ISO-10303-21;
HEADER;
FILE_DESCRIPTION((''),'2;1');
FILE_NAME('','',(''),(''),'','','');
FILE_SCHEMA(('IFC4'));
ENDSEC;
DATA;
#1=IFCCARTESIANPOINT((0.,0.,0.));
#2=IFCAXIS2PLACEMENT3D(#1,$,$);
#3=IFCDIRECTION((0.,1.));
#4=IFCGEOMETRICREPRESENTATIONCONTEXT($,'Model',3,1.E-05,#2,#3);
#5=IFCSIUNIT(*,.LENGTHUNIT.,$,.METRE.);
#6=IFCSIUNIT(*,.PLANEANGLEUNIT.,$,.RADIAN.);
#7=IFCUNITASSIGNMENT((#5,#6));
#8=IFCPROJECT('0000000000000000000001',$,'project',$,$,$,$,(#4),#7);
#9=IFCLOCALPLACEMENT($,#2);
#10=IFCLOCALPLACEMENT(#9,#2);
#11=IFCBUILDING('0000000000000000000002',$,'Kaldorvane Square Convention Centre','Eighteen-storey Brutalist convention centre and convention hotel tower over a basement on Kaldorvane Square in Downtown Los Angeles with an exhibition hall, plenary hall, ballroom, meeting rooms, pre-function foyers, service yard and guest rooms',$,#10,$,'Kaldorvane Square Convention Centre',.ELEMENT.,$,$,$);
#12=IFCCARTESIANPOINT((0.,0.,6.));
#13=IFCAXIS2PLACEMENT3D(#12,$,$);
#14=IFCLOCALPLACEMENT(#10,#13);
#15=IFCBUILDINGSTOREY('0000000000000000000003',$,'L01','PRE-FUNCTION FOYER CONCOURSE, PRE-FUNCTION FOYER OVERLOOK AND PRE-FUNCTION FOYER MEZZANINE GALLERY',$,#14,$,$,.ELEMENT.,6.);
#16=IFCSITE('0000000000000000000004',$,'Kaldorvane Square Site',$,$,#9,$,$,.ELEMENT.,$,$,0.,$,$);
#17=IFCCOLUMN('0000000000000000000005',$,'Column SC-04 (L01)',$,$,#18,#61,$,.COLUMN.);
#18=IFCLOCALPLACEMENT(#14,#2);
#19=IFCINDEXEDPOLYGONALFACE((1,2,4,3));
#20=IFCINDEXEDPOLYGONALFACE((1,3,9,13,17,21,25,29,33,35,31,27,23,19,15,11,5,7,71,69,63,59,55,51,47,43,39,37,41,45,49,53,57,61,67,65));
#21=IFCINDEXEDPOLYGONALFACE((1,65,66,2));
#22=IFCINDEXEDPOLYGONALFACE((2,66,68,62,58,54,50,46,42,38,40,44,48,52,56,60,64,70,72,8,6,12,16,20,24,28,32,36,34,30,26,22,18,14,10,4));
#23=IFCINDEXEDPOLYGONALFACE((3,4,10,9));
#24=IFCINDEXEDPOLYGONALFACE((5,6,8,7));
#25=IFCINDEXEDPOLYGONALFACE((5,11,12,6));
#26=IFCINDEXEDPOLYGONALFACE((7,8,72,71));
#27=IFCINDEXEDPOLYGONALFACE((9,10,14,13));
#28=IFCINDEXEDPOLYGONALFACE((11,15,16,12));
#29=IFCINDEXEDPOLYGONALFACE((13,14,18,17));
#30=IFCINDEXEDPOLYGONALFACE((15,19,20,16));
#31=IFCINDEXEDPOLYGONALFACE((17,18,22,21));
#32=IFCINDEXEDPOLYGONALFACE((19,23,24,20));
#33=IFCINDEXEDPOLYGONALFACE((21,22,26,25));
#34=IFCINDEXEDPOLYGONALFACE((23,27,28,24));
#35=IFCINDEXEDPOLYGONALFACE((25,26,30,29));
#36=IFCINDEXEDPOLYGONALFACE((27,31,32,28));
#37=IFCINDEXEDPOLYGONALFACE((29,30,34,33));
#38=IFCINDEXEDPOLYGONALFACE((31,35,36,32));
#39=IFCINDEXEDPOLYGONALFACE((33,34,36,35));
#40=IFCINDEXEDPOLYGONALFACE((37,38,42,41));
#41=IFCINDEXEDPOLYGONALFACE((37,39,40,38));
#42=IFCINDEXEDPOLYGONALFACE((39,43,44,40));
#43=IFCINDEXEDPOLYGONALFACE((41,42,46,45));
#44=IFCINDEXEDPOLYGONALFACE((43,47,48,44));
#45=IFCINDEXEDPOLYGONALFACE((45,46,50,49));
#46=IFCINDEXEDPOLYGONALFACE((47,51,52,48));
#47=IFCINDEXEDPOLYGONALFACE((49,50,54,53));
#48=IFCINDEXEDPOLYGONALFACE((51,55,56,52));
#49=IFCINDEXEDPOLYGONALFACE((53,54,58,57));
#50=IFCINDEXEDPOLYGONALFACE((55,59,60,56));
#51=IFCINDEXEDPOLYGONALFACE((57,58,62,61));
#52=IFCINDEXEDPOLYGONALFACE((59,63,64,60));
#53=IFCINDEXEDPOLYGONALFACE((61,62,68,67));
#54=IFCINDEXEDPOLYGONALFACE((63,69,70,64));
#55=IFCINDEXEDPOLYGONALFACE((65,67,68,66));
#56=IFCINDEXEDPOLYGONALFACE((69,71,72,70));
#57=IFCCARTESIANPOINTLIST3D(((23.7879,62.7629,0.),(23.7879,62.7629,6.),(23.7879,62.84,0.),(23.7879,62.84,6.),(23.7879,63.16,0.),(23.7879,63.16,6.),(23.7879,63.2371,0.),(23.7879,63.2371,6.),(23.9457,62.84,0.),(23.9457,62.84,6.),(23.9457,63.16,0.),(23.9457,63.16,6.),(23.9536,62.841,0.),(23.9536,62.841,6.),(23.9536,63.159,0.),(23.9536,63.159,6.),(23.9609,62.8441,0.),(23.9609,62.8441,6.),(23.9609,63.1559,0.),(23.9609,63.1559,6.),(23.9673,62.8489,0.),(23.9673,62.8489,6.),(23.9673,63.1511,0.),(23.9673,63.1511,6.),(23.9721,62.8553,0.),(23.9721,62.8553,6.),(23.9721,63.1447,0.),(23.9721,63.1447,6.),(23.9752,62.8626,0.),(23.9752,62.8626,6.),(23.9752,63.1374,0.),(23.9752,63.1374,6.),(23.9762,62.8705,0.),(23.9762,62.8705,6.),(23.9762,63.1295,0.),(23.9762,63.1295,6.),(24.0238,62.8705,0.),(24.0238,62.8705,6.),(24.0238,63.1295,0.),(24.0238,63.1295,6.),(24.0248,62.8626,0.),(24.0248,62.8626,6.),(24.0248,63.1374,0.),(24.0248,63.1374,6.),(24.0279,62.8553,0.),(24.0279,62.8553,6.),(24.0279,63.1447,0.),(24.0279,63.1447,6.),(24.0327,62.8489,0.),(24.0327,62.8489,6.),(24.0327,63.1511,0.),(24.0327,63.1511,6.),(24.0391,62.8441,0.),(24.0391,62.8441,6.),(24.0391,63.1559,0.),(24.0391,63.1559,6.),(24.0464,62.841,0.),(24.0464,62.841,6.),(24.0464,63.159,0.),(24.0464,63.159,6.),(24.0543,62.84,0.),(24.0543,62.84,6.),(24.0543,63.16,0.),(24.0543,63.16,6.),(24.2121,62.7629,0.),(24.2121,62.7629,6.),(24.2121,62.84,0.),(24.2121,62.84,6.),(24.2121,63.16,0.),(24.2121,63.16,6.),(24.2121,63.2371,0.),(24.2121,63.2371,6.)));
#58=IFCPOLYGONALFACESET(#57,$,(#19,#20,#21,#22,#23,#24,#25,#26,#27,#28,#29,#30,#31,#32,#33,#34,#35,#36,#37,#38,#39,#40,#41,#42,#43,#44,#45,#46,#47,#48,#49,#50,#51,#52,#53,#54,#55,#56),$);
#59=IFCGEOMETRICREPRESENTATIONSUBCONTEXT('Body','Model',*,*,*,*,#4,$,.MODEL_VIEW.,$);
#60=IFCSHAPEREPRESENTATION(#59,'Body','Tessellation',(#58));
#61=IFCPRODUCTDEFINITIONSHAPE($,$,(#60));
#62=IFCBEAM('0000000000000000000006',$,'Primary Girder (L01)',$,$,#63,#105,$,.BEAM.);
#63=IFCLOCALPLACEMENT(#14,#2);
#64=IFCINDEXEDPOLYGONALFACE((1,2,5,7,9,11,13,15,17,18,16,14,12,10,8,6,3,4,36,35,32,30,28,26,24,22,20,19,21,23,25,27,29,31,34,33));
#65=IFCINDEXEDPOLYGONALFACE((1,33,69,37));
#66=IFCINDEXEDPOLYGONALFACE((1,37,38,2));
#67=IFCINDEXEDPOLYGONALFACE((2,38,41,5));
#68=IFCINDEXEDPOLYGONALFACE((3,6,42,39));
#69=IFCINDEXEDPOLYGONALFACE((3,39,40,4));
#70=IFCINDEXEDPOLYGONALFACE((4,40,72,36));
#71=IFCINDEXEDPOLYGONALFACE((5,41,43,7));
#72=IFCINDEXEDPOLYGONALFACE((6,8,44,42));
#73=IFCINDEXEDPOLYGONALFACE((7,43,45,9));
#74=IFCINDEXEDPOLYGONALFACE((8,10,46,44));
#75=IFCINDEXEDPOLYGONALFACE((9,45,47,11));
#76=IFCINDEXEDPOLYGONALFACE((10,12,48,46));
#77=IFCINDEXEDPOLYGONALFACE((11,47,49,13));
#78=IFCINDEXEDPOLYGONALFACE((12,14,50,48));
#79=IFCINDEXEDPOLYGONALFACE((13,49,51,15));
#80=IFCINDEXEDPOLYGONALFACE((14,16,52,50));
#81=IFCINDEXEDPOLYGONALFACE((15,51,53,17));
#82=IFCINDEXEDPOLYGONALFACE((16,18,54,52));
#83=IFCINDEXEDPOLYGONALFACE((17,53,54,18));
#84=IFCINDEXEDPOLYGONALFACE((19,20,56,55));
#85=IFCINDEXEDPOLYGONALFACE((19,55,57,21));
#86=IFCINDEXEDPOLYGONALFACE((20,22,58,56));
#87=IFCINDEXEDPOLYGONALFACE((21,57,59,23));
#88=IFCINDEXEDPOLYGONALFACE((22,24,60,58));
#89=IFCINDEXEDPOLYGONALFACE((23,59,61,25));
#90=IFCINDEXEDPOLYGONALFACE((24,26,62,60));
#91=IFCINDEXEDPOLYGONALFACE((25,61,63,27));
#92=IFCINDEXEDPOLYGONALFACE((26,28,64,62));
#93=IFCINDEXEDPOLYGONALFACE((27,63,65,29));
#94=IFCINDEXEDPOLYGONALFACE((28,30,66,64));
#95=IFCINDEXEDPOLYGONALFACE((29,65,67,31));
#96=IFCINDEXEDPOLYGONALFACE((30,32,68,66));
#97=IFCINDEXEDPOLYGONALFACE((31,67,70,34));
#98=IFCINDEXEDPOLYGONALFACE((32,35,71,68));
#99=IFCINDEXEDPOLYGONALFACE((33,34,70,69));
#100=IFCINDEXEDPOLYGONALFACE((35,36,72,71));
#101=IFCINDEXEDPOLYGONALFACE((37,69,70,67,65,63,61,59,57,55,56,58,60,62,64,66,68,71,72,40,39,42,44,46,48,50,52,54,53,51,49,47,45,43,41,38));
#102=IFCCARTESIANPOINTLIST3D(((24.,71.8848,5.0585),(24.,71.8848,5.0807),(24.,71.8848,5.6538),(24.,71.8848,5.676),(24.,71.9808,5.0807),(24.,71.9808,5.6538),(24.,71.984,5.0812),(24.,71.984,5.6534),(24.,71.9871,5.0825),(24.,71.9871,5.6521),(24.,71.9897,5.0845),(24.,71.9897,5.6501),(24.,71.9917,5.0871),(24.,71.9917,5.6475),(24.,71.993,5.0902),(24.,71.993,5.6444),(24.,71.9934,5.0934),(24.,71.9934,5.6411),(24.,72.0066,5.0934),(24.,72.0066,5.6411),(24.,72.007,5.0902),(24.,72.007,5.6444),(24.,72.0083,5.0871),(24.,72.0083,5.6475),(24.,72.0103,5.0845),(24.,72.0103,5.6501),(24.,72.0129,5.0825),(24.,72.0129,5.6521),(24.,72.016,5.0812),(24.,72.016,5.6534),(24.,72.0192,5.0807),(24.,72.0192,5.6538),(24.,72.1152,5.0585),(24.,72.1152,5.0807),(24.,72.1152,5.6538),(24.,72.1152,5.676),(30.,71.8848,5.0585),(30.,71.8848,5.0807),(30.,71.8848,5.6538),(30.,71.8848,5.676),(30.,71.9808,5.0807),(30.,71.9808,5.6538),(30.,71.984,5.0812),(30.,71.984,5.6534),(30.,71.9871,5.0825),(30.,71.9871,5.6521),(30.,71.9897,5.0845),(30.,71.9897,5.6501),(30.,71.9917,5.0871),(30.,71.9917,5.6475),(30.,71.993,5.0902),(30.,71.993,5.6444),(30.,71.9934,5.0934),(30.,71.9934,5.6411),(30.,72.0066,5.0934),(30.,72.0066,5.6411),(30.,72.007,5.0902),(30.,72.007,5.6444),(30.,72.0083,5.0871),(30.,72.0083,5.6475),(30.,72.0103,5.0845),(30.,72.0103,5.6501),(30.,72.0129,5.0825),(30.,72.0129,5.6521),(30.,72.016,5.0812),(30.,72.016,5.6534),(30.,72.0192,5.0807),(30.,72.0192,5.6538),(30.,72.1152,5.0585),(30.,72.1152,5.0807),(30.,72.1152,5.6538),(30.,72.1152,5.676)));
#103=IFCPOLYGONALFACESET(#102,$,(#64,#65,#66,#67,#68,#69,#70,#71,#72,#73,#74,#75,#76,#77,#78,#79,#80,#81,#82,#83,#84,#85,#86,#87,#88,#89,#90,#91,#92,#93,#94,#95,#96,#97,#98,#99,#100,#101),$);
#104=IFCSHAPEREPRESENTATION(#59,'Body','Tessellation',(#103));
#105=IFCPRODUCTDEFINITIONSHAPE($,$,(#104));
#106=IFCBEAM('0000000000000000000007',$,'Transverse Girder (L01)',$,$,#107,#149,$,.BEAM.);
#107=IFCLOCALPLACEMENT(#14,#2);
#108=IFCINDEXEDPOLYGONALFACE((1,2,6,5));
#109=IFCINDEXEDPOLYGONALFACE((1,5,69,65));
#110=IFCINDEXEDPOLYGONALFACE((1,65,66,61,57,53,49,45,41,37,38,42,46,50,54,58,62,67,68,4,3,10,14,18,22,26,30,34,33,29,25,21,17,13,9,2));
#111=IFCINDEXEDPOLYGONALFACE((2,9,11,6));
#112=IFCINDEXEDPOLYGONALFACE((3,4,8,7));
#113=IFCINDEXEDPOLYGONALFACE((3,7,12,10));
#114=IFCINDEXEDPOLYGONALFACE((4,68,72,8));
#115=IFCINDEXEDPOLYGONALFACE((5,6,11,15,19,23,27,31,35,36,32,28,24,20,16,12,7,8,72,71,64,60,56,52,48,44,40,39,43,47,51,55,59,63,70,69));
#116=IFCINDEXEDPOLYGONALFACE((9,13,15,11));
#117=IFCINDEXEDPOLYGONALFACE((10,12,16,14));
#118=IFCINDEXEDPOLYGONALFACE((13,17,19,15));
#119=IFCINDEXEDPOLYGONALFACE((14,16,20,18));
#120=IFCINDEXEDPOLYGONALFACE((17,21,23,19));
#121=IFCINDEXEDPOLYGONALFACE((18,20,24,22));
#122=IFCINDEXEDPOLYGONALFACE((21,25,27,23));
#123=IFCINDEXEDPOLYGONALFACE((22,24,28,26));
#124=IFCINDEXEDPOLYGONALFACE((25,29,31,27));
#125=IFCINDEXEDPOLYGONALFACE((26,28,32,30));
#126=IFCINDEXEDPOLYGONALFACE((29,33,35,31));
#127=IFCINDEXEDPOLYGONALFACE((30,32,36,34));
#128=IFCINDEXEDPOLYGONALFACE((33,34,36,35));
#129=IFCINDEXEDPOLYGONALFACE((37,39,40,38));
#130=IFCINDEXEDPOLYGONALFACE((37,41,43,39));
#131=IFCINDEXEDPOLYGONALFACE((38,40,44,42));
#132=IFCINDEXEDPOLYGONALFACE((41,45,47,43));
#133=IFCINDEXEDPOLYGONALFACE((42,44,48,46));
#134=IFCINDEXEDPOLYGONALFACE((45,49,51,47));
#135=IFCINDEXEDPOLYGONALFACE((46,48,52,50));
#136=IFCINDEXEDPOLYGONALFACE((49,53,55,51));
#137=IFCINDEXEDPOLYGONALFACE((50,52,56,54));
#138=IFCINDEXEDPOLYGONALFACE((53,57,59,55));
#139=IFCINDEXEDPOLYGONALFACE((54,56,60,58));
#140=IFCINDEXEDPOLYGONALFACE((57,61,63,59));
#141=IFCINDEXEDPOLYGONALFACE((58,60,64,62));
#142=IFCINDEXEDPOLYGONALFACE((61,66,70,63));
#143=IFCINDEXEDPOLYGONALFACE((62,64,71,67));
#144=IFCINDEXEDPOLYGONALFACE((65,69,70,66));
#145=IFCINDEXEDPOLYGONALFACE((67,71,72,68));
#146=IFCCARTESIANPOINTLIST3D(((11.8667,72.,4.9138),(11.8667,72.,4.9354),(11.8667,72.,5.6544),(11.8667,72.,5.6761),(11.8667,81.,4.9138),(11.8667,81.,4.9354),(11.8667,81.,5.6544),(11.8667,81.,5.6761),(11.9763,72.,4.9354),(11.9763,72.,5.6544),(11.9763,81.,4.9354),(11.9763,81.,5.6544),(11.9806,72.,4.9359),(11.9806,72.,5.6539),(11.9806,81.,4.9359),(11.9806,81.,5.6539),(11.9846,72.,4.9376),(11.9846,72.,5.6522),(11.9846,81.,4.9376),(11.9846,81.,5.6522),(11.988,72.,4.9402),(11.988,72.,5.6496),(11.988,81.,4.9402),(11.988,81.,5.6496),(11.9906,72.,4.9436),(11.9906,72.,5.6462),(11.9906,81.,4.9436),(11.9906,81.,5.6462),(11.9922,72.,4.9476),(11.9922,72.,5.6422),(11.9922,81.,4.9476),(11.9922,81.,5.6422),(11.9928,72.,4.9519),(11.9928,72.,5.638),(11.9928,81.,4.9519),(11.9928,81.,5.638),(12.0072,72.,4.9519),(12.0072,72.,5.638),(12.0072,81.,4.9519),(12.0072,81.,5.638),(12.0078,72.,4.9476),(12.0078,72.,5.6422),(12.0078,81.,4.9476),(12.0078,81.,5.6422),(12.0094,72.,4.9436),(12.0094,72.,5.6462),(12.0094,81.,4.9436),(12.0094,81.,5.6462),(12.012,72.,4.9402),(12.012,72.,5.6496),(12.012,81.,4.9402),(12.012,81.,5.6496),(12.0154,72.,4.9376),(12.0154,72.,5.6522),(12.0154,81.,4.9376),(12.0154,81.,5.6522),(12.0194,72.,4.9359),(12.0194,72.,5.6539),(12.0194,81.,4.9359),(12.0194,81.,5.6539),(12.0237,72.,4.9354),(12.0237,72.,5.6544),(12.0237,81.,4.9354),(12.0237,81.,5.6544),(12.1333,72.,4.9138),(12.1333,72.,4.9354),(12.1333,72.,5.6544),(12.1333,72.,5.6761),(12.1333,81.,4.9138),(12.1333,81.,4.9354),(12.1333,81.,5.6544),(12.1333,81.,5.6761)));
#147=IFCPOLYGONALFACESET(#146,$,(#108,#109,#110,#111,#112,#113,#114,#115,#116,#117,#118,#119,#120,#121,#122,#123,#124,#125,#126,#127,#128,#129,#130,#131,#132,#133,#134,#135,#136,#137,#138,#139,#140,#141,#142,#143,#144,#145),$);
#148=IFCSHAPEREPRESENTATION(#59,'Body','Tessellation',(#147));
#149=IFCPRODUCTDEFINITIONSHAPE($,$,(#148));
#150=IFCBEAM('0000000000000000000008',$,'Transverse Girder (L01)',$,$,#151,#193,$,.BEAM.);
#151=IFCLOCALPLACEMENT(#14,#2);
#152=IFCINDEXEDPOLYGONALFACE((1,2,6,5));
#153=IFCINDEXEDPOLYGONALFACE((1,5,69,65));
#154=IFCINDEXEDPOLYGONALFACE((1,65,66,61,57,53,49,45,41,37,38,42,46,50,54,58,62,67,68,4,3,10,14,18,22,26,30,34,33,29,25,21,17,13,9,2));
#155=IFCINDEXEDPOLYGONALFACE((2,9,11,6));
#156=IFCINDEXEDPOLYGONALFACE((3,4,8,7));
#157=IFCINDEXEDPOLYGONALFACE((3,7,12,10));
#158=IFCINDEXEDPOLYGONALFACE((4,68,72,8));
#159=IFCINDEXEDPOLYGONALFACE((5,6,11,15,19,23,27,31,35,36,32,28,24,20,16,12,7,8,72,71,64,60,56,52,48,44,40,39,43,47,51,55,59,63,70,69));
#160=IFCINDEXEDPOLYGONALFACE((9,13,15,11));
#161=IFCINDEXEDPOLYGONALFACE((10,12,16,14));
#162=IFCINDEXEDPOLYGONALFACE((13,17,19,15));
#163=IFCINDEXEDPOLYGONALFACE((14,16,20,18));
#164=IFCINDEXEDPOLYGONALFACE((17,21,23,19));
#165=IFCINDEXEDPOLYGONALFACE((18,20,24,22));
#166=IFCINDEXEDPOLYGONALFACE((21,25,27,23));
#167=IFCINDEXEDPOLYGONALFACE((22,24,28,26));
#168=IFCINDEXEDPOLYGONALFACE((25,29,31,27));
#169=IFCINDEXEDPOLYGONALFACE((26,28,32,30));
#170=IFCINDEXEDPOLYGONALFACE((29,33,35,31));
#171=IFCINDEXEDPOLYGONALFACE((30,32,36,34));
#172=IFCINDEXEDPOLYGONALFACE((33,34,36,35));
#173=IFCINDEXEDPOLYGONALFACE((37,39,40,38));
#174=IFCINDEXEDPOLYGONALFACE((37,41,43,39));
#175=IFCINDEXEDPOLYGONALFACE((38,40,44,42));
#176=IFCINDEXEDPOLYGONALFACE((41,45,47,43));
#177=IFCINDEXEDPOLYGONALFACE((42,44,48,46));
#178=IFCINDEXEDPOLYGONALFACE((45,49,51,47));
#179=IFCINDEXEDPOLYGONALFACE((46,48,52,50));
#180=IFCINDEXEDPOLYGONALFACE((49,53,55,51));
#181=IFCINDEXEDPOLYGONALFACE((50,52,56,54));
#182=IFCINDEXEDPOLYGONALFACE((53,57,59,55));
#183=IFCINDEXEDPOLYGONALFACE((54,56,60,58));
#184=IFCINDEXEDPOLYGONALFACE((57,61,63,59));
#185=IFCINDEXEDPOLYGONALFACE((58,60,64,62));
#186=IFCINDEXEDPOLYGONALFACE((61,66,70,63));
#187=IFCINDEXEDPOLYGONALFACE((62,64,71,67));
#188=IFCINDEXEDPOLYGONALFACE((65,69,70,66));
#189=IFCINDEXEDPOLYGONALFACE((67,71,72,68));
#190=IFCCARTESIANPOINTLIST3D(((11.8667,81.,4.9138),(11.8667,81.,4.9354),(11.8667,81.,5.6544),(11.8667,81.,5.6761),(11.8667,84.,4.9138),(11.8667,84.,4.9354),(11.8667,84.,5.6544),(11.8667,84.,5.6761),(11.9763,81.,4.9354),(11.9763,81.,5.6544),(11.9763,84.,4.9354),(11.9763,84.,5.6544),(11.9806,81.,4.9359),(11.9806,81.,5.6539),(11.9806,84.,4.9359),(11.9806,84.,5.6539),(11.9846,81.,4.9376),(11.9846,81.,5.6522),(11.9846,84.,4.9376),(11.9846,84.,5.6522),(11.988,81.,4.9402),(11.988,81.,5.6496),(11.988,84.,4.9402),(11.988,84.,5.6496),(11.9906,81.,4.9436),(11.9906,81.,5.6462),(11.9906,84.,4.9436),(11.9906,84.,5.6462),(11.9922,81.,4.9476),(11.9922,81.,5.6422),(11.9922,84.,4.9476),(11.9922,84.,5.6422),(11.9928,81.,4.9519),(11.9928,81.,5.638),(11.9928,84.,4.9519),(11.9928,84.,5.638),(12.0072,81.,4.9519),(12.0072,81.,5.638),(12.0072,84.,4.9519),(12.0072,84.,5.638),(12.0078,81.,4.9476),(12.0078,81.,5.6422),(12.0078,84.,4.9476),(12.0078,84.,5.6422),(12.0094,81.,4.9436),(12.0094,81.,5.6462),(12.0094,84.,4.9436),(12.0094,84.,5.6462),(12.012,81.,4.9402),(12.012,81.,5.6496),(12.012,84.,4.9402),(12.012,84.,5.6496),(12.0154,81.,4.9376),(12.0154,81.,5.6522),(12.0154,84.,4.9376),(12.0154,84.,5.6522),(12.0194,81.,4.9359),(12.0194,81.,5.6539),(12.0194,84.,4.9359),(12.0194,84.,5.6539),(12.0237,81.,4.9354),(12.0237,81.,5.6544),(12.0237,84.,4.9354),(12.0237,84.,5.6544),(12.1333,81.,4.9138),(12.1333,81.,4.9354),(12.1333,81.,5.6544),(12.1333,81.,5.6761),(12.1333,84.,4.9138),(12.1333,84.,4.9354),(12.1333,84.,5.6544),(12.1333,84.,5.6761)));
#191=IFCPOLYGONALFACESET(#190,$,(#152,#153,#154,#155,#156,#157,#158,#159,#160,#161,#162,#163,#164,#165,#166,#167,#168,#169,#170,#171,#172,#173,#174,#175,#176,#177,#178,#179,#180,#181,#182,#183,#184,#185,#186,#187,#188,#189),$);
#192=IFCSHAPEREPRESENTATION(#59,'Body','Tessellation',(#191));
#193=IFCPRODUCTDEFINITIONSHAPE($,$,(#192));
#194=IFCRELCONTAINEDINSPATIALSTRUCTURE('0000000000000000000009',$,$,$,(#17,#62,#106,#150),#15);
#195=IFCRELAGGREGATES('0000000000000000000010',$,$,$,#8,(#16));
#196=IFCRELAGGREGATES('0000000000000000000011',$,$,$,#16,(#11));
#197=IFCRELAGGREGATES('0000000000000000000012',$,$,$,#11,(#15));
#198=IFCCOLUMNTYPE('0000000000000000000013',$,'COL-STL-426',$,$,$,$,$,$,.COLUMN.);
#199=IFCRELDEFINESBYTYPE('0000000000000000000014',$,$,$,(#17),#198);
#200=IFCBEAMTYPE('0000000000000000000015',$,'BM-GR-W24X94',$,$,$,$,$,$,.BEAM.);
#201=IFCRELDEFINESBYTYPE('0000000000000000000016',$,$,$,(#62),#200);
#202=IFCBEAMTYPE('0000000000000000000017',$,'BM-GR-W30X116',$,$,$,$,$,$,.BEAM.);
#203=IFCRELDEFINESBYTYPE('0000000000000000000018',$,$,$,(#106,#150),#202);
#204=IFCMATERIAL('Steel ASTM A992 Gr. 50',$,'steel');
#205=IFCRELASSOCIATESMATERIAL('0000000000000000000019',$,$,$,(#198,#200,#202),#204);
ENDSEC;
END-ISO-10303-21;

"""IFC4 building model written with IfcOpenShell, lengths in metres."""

from ifc_helpers import new_model, si_unit, direction, frame, origin, origin_2d, place, context, subcontext, project, spatial, i_section, extrude, material, material_profile, profile_set, type_object, element, save


model = new_model("IFC4")

# Units and contexts
model_context = context("Model", 3, precision=1e-05, world=origin(), true_north=direction((0.0, 1.0)))
body_context = subcontext(model_context, "Body", "Model", "MODEL_VIEW")
ifc_project = project(units=[si_unit("LENGTHUNIT", "METRE"), si_unit("PLANEANGLEUNIT", "RADIAN")], contexts=[model_context])

# Site, building, storey
site_placement = place(None, origin())
site = spatial("IfcSite", under=ifc_project, at=site_placement, Name="Kaldorvane Square Site", CompositionType="ELEMENT", RefElevation=0.0)
building_placement = place(site_placement, origin())
building = spatial("IfcBuilding", under=site, at=building_placement, Name="Kaldorvane Square Convention Centre", Description="Eighteen-storey Brutalist convention centre and convention hotel tower over a basement on Kaldorvane Square in Downtown Los Angeles with an exhibition hall, plenary hall, ballroom, meeting rooms, pre-function foyers, service yard and guest rooms", LongName="Kaldorvane Square Convention Centre", CompositionType="ELEMENT")
storey_placement = place(building_placement, frame((0.0, 0.0, 6.0)))
storey = spatial("IfcBuildingStorey", under=building, at=storey_placement, Name="L01", Description="PRE-FUNCTION FOYER CONCOURSE, PRE-FUNCTION FOYER OVERLOOK AND PRE-FUNCTION FOYER MEZZANINE GALLERY", CompositionType="ELEMENT", Elevation=6.0)

# Column
ifc_material_1 = material(Name="Steel ASTM A992 Gr. 50", Category="steel")
ifc_material_profile_1 = material_profile(ifc_material_1, i_section(OverallWidth=0.4241, OverallDepth=0.4742, WebThickness=0.0476, FlangeThickness=0.0771, FilletRadius=0.0305, at=origin_2d()), Name="W14X426")
ifc_profile_set_1 = profile_set([ifc_material_profile_1], Name="Steel ASTM A992 Gr. 50")
column_type_1 = type_object("IfcColumnType", Name="COL-STL-426", PredefinedType="COLUMN", material=ifc_profile_set_1)
column_1_placement = place(storey_placement, frame((24.0, 63.0, 0.0), z_axis=(0.0, 0.0, 1.0), x_axis=(1.0, 0.0, 0.0)))
element("IfcColumn", 1, at=column_1_placement, inside=storey, type_object=column_type_1, Name="Column SC-04 (L01)", PredefinedType="COLUMN", context=body_context, shape_type="SweptSolid", body=[
    extrude(i_section(OverallWidth=0.4241, OverallDepth=0.4742, WebThickness=0.0476, FlangeThickness=0.0771, FilletRadius=0.0305, at=origin_2d()), origin(), (0.0, 0.0, 1.0), 6.0),
])

# Beams
ifc_material_profile_2 = material_profile(ifc_material_1, i_section(OverallWidth=0.2303, OverallDepth=0.6175, WebThickness=0.0131, FlangeThickness=0.0222, FilletRadius=0.0127, at=origin_2d()), Name="W24X94")
ifc_profile_set_2 = profile_set([ifc_material_profile_2], Name="Steel ASTM A992 Gr. 50")
beam_type_1 = type_object("IfcBeamType", Name="BM-GR-W24X94", PredefinedType="BEAM", material=ifc_profile_set_2)
beam_1_placement = place(storey_placement, frame((24.0, 72.0, 5.3673), z_axis=(1.0, 0.0, 0.0), x_axis=(0.0, 1.0, 0.0)))
element("IfcBeam", 2, at=beam_1_placement, inside=storey, type_object=beam_type_1, Name="Primary Girder (L01)", PredefinedType="BEAM", context=body_context, shape_type="SweptSolid", body=[
    extrude(i_section(OverallWidth=0.2303, OverallDepth=0.6175, WebThickness=0.0131, FlangeThickness=0.0222, FilletRadius=0.0127, at=origin_2d()), origin(), (0.0, 0.0, 1.0), 6.0),
])
ifc_material_profile_3 = material_profile(ifc_material_1, i_section(OverallWidth=0.2666, OverallDepth=0.7623, WebThickness=0.0144, FlangeThickness=0.0216, FilletRadius=0.0165, at=origin_2d()), Name="W30X116")
ifc_profile_set_3 = profile_set([ifc_material_profile_3], Name="Steel ASTM A992 Gr. 50")
beam_type_2 = type_object("IfcBeamType", Name="BM-GR-W30X116", PredefinedType="BEAM", material=ifc_profile_set_3)
beam_2_placement = place(storey_placement, frame((12.0, 72.0, 5.2949), z_axis=(0.0, 1.0, 0.0), x_axis=(-1.0, 0.0, 0.0)))
element("IfcBeam", 3, at=beam_2_placement, inside=storey, type_object=beam_type_2, Name="Transverse Girder (L01)", PredefinedType="BEAM", context=body_context, shape_type="SweptSolid", body=[
    extrude(i_section(OverallWidth=0.2666, OverallDepth=0.7623, WebThickness=0.0144, FlangeThickness=0.0216, FilletRadius=0.0165, at=origin_2d()), origin(), (0.0, 0.0, 1.0), 9.0),
])
beam_3_placement = place(storey_placement, frame((12.0, 81.0, 5.2949), z_axis=(0.0, 1.0, 0.0), x_axis=(-1.0, 0.0, 0.0)))
element("IfcBeam", 4, at=beam_3_placement, inside=storey, type_object=beam_type_2, Name="Transverse Girder (L01)", PredefinedType="BEAM", context=body_context, shape_type="SweptSolid", body=[
    extrude(i_section(OverallWidth=0.2666, OverallDepth=0.7623, WebThickness=0.0144, FlangeThickness=0.0216, FilletRadius=0.0165, at=origin_2d()), origin(), (0.0, 0.0, 1.0), 3.0),
])

save(model, "model.ifc")
